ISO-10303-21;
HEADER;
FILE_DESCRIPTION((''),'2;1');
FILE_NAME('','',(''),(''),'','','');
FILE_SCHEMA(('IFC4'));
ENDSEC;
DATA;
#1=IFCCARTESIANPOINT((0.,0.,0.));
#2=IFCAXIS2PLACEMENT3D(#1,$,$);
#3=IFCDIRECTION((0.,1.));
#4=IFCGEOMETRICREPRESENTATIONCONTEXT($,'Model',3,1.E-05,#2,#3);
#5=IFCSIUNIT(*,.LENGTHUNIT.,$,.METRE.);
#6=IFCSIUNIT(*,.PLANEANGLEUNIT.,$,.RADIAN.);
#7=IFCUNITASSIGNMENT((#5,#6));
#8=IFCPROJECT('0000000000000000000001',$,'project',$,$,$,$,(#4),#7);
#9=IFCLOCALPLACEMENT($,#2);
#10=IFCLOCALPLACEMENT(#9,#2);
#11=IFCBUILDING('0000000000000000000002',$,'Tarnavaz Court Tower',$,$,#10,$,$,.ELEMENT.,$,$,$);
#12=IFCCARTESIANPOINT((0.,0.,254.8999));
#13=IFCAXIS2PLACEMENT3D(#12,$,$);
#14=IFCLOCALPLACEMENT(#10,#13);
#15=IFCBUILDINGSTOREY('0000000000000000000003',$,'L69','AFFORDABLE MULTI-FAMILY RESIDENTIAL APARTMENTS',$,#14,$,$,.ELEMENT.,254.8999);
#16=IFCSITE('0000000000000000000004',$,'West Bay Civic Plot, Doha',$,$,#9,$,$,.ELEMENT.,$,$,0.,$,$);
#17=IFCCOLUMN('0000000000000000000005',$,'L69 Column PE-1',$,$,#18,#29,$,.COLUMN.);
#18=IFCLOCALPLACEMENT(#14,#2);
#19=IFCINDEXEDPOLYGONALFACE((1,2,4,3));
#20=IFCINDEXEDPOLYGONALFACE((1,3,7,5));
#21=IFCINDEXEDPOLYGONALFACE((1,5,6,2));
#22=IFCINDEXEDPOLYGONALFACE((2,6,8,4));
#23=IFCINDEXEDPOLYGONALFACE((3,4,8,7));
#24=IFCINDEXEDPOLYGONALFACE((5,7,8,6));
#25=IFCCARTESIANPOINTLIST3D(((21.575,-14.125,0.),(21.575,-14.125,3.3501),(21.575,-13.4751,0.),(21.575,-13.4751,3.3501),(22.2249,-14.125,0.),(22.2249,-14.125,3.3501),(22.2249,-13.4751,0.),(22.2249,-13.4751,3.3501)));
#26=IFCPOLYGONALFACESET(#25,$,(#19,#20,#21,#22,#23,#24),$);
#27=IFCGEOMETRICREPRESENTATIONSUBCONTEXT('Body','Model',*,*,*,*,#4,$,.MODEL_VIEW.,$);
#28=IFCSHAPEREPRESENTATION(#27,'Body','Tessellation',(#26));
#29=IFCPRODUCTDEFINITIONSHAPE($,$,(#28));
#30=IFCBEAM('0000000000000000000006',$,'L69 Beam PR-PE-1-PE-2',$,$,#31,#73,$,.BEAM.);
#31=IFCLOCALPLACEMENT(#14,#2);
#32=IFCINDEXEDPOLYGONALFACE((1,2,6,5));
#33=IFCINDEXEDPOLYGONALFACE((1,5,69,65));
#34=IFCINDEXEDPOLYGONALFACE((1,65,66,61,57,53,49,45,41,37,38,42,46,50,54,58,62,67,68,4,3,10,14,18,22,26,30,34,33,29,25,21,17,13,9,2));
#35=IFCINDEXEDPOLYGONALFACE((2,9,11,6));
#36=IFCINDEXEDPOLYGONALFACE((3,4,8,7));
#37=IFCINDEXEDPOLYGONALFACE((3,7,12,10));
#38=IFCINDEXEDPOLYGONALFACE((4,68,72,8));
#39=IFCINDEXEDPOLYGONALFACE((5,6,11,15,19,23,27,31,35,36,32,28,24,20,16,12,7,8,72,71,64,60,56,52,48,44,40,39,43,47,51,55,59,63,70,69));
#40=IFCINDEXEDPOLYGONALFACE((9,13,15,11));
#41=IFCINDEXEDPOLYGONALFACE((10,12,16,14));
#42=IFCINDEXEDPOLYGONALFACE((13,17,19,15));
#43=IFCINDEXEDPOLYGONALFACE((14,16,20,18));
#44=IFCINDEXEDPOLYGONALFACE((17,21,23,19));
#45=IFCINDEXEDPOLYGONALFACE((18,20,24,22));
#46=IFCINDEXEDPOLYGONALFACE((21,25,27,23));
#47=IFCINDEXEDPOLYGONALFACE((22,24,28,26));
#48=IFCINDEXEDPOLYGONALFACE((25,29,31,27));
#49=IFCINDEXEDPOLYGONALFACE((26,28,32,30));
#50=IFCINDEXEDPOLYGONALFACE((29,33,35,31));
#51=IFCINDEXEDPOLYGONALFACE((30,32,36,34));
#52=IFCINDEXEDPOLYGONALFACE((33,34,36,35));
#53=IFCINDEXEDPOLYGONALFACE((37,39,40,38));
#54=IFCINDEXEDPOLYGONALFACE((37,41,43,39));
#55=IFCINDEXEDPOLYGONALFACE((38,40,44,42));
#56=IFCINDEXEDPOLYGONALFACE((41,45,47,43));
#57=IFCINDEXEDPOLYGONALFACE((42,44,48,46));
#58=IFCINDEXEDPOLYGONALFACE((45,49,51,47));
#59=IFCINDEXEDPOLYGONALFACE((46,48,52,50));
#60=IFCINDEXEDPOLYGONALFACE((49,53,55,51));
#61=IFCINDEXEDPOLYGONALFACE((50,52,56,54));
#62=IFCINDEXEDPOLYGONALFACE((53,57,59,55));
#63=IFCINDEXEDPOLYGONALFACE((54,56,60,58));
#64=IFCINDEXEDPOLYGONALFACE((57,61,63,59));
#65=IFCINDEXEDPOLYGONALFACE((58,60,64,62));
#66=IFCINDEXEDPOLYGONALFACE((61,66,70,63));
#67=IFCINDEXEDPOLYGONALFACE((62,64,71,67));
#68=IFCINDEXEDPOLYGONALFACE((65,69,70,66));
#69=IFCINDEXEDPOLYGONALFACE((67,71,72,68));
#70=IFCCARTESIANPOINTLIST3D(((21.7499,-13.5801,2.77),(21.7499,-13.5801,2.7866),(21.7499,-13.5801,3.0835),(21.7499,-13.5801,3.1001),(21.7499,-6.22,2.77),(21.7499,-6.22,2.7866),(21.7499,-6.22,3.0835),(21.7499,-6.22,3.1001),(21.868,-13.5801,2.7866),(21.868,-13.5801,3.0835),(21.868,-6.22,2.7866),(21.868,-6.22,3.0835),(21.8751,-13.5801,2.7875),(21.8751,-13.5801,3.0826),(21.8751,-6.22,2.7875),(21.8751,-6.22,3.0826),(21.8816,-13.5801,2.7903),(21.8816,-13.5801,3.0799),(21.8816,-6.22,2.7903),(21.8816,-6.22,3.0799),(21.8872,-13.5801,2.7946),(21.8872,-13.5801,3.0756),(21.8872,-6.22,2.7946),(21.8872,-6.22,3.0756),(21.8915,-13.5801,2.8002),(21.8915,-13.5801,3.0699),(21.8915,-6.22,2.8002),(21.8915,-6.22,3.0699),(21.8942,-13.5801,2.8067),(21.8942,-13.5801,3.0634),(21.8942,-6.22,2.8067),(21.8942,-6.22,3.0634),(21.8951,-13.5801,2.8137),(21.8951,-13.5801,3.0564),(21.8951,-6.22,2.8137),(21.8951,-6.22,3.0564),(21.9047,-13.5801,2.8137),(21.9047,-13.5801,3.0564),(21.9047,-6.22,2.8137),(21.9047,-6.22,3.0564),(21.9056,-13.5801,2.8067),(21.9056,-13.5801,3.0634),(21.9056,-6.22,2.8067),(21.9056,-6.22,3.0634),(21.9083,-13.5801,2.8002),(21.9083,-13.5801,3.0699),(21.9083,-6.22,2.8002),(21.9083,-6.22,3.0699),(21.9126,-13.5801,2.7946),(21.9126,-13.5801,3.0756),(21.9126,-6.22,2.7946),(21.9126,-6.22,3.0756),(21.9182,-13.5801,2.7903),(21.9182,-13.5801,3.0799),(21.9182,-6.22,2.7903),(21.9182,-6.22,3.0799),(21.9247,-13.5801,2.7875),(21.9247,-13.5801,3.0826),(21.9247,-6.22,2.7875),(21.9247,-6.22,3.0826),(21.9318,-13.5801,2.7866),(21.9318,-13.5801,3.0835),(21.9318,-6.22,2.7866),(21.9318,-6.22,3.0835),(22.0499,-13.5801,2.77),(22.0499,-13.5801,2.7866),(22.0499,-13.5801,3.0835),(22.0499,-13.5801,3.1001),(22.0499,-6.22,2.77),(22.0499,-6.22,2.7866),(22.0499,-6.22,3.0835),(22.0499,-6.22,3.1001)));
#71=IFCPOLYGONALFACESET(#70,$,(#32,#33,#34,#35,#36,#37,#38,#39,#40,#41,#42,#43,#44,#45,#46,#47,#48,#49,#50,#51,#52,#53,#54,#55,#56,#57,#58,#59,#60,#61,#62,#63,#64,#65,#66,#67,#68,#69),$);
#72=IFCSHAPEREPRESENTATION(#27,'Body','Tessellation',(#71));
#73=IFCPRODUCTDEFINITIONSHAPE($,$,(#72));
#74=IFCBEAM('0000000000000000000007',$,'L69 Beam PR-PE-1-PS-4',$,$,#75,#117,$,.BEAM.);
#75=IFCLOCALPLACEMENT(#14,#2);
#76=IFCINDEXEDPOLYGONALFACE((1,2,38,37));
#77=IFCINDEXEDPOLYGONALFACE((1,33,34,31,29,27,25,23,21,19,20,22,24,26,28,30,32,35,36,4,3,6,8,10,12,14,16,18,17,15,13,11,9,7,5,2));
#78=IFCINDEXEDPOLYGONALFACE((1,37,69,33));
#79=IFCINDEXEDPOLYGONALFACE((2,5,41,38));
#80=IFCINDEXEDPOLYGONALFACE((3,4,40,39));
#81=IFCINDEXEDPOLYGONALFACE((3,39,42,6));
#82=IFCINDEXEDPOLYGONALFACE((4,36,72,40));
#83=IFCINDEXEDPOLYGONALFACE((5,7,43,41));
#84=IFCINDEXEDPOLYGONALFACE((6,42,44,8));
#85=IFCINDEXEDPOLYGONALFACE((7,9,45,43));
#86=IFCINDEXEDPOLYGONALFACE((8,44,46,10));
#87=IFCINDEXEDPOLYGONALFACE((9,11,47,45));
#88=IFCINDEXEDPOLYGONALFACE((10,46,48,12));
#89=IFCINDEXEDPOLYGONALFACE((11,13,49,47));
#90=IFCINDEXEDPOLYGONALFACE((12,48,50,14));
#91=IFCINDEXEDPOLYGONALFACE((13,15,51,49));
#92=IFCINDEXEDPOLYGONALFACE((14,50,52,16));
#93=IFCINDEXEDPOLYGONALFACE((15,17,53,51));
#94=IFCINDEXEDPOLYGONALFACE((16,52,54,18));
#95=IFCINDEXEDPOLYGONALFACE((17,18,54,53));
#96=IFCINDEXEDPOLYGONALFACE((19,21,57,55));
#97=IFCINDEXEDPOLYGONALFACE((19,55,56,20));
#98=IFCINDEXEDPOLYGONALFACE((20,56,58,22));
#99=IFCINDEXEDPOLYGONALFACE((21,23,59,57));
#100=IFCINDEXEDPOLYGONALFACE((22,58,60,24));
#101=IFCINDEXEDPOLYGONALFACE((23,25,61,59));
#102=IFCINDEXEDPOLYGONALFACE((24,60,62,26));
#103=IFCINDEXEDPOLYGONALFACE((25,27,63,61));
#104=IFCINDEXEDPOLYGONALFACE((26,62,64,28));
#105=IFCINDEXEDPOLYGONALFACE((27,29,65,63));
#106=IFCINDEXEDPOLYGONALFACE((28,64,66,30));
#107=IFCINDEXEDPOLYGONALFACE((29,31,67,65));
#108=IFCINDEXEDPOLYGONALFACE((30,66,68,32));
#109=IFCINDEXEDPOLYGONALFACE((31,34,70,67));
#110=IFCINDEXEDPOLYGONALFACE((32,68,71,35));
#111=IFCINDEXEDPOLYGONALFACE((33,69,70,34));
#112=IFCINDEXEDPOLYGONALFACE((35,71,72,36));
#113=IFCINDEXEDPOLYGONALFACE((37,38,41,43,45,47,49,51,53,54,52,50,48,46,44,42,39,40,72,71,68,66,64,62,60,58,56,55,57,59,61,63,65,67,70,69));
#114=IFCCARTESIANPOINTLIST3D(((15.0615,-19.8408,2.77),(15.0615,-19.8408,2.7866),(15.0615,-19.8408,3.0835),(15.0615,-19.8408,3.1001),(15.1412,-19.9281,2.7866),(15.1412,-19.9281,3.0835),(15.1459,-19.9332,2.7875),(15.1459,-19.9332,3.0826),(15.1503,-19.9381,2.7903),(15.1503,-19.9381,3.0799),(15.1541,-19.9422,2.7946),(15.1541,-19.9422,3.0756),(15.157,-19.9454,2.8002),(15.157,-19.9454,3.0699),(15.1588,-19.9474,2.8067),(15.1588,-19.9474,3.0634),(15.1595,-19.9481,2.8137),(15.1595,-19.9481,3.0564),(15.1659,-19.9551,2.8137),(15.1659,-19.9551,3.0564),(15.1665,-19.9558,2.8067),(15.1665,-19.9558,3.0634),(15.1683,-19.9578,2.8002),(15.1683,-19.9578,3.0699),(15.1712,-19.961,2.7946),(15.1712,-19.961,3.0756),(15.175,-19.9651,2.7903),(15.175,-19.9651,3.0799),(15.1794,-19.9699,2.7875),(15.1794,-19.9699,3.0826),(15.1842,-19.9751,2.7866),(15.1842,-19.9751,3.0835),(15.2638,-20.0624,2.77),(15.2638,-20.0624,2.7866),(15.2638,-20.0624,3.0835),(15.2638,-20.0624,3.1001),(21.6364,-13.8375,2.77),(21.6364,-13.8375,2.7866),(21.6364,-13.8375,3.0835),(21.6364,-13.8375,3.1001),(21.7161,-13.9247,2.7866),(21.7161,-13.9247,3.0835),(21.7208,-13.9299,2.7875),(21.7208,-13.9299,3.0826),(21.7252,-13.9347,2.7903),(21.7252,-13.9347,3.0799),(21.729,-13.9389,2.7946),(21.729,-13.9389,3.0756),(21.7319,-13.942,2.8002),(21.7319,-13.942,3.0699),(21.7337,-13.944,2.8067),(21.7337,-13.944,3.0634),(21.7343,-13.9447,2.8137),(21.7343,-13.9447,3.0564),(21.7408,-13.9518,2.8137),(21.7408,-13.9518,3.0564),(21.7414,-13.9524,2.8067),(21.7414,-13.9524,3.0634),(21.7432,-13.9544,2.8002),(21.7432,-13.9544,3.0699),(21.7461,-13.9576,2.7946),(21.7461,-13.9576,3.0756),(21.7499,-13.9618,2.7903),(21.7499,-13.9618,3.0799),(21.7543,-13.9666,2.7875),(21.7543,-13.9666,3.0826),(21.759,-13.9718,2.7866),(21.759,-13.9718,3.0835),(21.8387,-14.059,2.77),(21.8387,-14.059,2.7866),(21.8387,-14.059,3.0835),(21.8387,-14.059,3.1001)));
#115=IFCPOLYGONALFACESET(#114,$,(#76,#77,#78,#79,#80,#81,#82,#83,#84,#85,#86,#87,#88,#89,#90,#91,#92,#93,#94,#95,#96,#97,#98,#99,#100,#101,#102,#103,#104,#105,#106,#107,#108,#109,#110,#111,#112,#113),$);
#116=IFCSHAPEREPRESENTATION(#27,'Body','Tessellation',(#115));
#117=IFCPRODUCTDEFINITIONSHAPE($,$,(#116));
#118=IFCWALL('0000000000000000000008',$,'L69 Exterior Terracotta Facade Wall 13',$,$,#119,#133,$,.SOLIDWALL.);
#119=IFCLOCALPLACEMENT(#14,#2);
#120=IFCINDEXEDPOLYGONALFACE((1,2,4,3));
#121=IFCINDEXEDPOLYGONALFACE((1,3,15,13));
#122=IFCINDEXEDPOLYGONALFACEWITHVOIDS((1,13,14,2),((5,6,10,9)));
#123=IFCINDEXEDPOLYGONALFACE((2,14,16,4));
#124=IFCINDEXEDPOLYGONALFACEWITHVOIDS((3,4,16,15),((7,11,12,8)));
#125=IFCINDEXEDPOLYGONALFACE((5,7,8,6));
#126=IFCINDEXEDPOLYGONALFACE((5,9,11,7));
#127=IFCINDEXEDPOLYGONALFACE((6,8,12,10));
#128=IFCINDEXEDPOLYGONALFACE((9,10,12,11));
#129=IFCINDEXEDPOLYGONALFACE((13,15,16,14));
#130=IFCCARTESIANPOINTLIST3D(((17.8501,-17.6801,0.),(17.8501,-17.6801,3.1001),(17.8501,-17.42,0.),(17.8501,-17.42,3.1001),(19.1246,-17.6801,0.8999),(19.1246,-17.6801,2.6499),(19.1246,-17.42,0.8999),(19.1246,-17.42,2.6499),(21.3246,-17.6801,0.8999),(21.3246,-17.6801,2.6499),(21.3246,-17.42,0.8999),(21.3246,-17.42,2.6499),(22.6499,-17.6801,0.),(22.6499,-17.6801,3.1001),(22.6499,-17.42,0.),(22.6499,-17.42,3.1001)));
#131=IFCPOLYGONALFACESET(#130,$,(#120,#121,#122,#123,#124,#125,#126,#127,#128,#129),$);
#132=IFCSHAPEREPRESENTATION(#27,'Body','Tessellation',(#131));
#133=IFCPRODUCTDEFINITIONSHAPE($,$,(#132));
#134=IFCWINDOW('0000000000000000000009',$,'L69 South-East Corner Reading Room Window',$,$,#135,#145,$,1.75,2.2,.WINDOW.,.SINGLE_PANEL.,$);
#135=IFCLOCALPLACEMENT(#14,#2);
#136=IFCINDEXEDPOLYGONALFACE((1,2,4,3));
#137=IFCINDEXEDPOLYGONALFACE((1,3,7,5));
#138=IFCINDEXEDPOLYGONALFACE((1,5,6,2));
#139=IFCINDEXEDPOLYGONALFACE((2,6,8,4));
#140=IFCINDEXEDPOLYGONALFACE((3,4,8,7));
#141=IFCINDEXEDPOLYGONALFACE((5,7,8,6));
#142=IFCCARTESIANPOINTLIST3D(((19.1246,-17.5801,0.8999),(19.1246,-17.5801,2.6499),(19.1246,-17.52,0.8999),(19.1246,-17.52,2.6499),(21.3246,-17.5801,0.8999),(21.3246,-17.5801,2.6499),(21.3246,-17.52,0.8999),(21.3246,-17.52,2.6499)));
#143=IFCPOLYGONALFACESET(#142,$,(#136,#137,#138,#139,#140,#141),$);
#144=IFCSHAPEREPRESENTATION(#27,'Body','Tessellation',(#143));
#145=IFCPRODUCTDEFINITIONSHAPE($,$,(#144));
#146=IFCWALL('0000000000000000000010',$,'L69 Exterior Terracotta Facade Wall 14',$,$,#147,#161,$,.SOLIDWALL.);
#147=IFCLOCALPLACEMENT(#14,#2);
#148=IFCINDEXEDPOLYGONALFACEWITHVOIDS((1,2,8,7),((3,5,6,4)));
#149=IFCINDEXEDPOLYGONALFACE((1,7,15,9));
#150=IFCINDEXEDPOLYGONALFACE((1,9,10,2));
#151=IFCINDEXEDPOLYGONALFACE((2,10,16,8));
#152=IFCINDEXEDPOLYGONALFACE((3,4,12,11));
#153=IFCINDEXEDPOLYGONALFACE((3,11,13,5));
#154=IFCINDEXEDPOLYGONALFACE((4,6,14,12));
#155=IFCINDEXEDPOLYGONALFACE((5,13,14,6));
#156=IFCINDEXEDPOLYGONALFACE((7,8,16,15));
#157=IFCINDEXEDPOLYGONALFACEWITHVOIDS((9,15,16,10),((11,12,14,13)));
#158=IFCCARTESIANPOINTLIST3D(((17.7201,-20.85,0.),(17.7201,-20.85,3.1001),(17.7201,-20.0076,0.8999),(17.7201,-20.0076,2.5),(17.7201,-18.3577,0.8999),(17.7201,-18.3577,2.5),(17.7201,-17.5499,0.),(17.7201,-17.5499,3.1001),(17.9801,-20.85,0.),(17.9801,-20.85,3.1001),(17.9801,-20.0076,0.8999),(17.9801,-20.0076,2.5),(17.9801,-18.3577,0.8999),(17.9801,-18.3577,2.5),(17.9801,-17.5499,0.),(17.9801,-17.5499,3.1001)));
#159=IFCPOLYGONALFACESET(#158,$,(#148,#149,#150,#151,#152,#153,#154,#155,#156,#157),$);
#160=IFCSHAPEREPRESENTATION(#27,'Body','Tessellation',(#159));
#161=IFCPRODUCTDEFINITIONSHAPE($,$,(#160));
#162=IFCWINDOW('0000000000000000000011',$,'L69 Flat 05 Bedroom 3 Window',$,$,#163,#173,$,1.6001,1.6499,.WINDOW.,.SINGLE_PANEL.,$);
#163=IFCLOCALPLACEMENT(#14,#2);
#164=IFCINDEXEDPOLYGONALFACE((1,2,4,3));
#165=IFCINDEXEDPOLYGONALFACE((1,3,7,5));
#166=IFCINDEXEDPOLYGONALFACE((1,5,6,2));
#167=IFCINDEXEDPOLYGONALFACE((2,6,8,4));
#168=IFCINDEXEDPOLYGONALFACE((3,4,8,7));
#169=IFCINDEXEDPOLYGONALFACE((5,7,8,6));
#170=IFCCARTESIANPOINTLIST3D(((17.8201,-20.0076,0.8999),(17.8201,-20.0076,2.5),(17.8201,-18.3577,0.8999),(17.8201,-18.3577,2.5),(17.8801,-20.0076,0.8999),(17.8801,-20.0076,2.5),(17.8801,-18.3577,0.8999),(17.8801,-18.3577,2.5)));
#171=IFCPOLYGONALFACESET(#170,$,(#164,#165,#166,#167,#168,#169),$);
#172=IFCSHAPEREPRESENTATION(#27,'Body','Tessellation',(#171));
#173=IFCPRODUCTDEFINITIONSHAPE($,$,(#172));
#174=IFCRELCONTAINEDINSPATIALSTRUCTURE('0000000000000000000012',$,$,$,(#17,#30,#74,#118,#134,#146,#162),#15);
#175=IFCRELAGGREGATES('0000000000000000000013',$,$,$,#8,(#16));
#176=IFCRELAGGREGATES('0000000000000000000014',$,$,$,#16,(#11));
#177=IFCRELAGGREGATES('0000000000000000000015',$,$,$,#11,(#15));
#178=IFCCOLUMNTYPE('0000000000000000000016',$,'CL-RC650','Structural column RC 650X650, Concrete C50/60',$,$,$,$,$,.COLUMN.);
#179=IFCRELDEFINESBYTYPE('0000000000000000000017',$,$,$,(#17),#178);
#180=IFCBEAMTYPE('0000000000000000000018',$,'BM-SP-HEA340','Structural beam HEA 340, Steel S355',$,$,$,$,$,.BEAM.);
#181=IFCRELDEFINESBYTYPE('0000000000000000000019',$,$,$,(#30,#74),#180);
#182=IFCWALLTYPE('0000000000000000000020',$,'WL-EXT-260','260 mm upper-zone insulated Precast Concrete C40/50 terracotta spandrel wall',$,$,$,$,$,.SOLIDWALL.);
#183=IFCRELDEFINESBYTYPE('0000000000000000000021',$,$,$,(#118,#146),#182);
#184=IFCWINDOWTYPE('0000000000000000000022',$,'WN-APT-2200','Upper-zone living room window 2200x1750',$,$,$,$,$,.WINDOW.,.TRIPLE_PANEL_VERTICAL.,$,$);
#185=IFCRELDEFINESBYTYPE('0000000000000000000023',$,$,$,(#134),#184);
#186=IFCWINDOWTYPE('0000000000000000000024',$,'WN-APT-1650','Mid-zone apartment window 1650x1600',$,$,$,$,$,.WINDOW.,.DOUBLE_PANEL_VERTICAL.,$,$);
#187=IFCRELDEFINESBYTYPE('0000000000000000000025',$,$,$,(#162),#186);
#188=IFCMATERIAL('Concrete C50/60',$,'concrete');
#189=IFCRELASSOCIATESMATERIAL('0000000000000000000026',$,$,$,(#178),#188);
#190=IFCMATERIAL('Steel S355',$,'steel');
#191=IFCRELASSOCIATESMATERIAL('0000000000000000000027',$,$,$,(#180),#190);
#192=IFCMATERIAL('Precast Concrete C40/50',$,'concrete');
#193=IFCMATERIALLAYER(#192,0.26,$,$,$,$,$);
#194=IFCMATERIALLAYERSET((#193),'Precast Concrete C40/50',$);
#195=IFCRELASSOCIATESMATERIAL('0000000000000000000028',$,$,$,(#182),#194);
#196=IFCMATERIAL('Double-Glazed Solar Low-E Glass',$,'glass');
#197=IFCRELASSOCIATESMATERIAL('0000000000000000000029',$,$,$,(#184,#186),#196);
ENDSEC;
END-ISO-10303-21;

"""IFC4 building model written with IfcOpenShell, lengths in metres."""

from ifc_helpers import new_model, si_unit, direction, frame, frame_2d, origin, origin_2d, place, context, subcontext, project, spatial, rectangle, i_section, extrude, material, layer, layer_set, material_profile, profile_set, type_object, element, fill, save


model = new_model("IFC4")

# Units and contexts
model_context = context("Model", 3, precision=1e-05, world=origin(), true_north=direction((0.0, 1.0)))
body_context = subcontext(model_context, "Body", "Model", "MODEL_VIEW")
ifc_project = project(units=[si_unit("LENGTHUNIT", "METRE"), si_unit("PLANEANGLEUNIT", "RADIAN")], contexts=[model_context])

# Site, building, storey
site_placement = place(None, origin())
site = spatial("IfcSite", under=ifc_project, at=site_placement, Name="West Bay Civic Plot, Doha", CompositionType="ELEMENT", RefElevation=0.0)
building_placement = place(site_placement, origin())
building = spatial("IfcBuilding", under=site, at=building_placement, Name="Tarnavaz Court Tower", CompositionType="ELEMENT")
storey_placement = place(building_placement, frame((0.0, 0.0, 254.8999)))
storey = spatial("IfcBuildingStorey", under=building, at=storey_placement, Name="L69", Description="AFFORDABLE MULTI-FAMILY RESIDENTIAL APARTMENTS", CompositionType="ELEMENT", Elevation=254.8999)

# Column
ifc_material_1 = material(Name="Concrete C50/60", Category="concrete")
ifc_material_profile_1 = material_profile(ifc_material_1, rectangle(XDim=0.6499, YDim=0.6499, at=origin_2d()), Name="RC 650X650")
ifc_profile_set_1 = profile_set([ifc_material_profile_1], Name="Concrete C50/60")
column_type = type_object("IfcColumnType", Name="CL-RC650", Description="Structural column RC 650X650, Concrete C50/60", PredefinedType="COLUMN", material=ifc_profile_set_1)
column_placement = place(storey_placement, frame((21.8999, -13.8, 0.0), z_axis=(0.0, 0.0, 1.0), x_axis=(1.0, 0.0, 0.0)))
element("IfcColumn", 1, at=column_placement, inside=storey, type_object=column_type, Name="L69 Column PE-1", PredefinedType="COLUMN", context=body_context, shape_type="SweptSolid", body=[
    extrude(rectangle(XDim=0.6499, YDim=0.6499, at=origin_2d()), origin(), (0.0, 0.0, 1.0), 3.3501),
])

# Beams
ifc_material_2 = material(Name="Steel S355", Category="steel")
ifc_material_profile_2 = material_profile(ifc_material_2, i_section(OverallWidth=0.3, OverallDepth=0.3301, WebThickness=0.0095, FlangeThickness=0.0166, FilletRadius=0.0271, at=origin_2d()), Name="HEA 340")
ifc_profile_set_2 = profile_set([ifc_material_profile_2], Name="Steel S355")
beam_type = type_object("IfcBeamType", Name="BM-SP-HEA340", Description="Structural beam HEA 340, Steel S355", PredefinedType="BEAM", material=ifc_profile_set_2)
beam_1_placement = place(storey_placement, frame((21.8999, -13.5801, 2.9351), z_axis=(0.0, 1.0, 0.0), x_axis=(-1.0, 0.0, 0.0)))
element("IfcBeam", 2, at=beam_1_placement, inside=storey, type_object=beam_type, Name="L69 Beam PR-PE-1-PE-2", PredefinedType="BEAM", context=body_context, shape_type="SweptSolid", body=[
    extrude(i_section(OverallWidth=0.3, OverallDepth=0.3301, WebThickness=0.0095, FlangeThickness=0.0166, FilletRadius=0.0271, at=origin_2d()), origin(), (0.0, 0.0, 1.0), 7.3601),
])
beam_2_placement = place(storey_placement, frame((21.7375, -13.9482, 2.9351), z_axis=(-0.738474, -0.674282, 0.0), x_axis=(0.674282, -0.738474, 0.0)))
element("IfcBeam", 3, at=beam_2_placement, inside=storey, type_object=beam_type, Name="L69 Beam PR-PE-1-PS-4", PredefinedType="BEAM", context=body_context, shape_type="SweptSolid", body=[
    extrude(i_section(OverallWidth=0.3, OverallDepth=0.3301, WebThickness=0.0095, FlangeThickness=0.0166, FilletRadius=0.0271, at=origin_2d()), origin(), (0.0, 0.0, 1.0), 8.9033),
])

# Walls, openings, windows
ifc_material_3 = material(Name="Precast Concrete C40/50", Category="concrete")
ifc_layer_1 = layer(ifc_material_3, 0.26)
ifc_layer_set_1 = layer_set([ifc_layer_1], Name="Precast Concrete C40/50")
wall_type_1 = type_object("IfcWallType", Name="WL-EXT-260", Description="260 mm upper-zone insulated Precast Concrete C40/50 terracotta spandrel wall", PredefinedType="SOLIDWALL", material=ifc_layer_set_1)
wall_1_placement = place(storey_placement, frame((22.6499, -17.55, 0.0), z_axis=(0.0, 0.0, 1.0), x_axis=(-1.0, 0.0, 0.0)))
wall_1 = element("IfcWall", 4, at=wall_1_placement, inside=storey, type_object=wall_type_1, Name="L69 Exterior Terracotta Facade Wall 13", PredefinedType="SOLIDWALL", context=body_context, shape_type="SweptSolid", body=[
    extrude(rectangle(XDim=4.7998, YDim=0.26, at=frame_2d((2.3999, 0.0))), origin(), (0.0, 0.0, 1.0), 3.1001),
])
opening_1_placement = place(wall_1_placement, frame((1.3252, 0.0, 0.8999)))
opening_1 = element("IfcOpeningElement", 5, at=opening_1_placement, cuts=wall_1, PredefinedType="OPENING", context=body_context, shape_type="SweptSolid", body=[
    extrude(rectangle(XDim=2.2, YDim=1.75, at=frame_2d((1.1001, 0.875))), frame((0.0, 0.1399, 0.0), z_axis=(0.0, -1.0, 0.0), x_axis=(1.0, 0.0, 0.0)), (0.0, 0.0, 1.0), 0.28),
])
ifc_material_4 = material(Name="Double-Glazed Solar Low-E Glass", Category="glass")
window_type_1 = type_object("IfcWindowType", Name="WN-APT-2200", Description="Upper-zone living room window 2200x1750", PartitioningType="TRIPLE_PANEL_VERTICAL", PredefinedType="WINDOW", material=ifc_material_4)
window_1_placement = place(opening_1_placement, origin())
window_1 = element("IfcWindow", 6, at=window_1_placement, inside=storey, type_object=window_type_1, Name="L69 South-East Corner Reading Room Window", OverallHeight=1.75, OverallWidth=2.2, PartitioningType="SINGLE_PANEL", PredefinedType="WINDOW", context=body_context, shape_type="SweptSolid", body=[
    extrude(rectangle(XDim=2.2, YDim=1.75, at=frame_2d((1.1001, 0.875))), frame((0.0, 0.03, 0.0), z_axis=(0.0, -1.0, 0.0), x_axis=(1.0, 0.0, 0.0)), (0.0, 0.0, 1.0), 0.0601),
])
fill(opening_1, window_1)
wall_2_placement = place(storey_placement, frame((17.8501, -17.55, 0.0), z_axis=(0.0, 0.0, 1.0), x_axis=(0.0, -1.0, 0.0)))
wall_2 = element("IfcWall", 7, at=wall_2_placement, inside=storey, type_object=wall_type_1, Name="L69 Exterior Terracotta Facade Wall 14", PredefinedType="SOLIDWALL", context=body_context, shape_type="SweptSolid", body=[
    extrude(rectangle(XDim=3.3, YDim=0.26, at=frame_2d((1.6499, 0.0))), origin(), (0.0, 0.0, 1.0), 3.1001),
])
opening_2_placement = place(wall_2_placement, frame((0.8076, 0.0, 0.8999)))
opening_2 = element("IfcOpeningElement", 8, at=opening_2_placement, cuts=wall_2, PredefinedType="OPENING", context=body_context, shape_type="SweptSolid", body=[
    extrude(rectangle(XDim=1.6499, YDim=1.6001, at=frame_2d((0.825, 0.8))), frame((0.0, 0.1399, 0.0), z_axis=(0.0, -1.0, 0.0), x_axis=(1.0, 0.0, 0.0)), (0.0, 0.0, 1.0), 0.28),
])
window_type_2 = type_object("IfcWindowType", Name="WN-APT-1650", Description="Mid-zone apartment window 1650x1600", PartitioningType="DOUBLE_PANEL_VERTICAL", PredefinedType="WINDOW", material=ifc_material_4)
window_2_placement = place(opening_2_placement, origin())
window_2 = element("IfcWindow", 9, at=window_2_placement, inside=storey, type_object=window_type_2, Name="L69 Flat 05 Bedroom 3 Window", OverallHeight=1.6001, OverallWidth=1.6499, PartitioningType="SINGLE_PANEL", PredefinedType="WINDOW", context=body_context, shape_type="SweptSolid", body=[
    extrude(rectangle(XDim=1.6499, YDim=1.6001, at=frame_2d((0.825, 0.8))), frame((0.0, 0.03, 0.0), z_axis=(0.0, -1.0, 0.0), x_axis=(1.0, 0.0, 0.0)), (0.0, 0.0, 1.0), 0.0601),
])
fill(opening_2, window_2)

save(model, "model.ifc")
